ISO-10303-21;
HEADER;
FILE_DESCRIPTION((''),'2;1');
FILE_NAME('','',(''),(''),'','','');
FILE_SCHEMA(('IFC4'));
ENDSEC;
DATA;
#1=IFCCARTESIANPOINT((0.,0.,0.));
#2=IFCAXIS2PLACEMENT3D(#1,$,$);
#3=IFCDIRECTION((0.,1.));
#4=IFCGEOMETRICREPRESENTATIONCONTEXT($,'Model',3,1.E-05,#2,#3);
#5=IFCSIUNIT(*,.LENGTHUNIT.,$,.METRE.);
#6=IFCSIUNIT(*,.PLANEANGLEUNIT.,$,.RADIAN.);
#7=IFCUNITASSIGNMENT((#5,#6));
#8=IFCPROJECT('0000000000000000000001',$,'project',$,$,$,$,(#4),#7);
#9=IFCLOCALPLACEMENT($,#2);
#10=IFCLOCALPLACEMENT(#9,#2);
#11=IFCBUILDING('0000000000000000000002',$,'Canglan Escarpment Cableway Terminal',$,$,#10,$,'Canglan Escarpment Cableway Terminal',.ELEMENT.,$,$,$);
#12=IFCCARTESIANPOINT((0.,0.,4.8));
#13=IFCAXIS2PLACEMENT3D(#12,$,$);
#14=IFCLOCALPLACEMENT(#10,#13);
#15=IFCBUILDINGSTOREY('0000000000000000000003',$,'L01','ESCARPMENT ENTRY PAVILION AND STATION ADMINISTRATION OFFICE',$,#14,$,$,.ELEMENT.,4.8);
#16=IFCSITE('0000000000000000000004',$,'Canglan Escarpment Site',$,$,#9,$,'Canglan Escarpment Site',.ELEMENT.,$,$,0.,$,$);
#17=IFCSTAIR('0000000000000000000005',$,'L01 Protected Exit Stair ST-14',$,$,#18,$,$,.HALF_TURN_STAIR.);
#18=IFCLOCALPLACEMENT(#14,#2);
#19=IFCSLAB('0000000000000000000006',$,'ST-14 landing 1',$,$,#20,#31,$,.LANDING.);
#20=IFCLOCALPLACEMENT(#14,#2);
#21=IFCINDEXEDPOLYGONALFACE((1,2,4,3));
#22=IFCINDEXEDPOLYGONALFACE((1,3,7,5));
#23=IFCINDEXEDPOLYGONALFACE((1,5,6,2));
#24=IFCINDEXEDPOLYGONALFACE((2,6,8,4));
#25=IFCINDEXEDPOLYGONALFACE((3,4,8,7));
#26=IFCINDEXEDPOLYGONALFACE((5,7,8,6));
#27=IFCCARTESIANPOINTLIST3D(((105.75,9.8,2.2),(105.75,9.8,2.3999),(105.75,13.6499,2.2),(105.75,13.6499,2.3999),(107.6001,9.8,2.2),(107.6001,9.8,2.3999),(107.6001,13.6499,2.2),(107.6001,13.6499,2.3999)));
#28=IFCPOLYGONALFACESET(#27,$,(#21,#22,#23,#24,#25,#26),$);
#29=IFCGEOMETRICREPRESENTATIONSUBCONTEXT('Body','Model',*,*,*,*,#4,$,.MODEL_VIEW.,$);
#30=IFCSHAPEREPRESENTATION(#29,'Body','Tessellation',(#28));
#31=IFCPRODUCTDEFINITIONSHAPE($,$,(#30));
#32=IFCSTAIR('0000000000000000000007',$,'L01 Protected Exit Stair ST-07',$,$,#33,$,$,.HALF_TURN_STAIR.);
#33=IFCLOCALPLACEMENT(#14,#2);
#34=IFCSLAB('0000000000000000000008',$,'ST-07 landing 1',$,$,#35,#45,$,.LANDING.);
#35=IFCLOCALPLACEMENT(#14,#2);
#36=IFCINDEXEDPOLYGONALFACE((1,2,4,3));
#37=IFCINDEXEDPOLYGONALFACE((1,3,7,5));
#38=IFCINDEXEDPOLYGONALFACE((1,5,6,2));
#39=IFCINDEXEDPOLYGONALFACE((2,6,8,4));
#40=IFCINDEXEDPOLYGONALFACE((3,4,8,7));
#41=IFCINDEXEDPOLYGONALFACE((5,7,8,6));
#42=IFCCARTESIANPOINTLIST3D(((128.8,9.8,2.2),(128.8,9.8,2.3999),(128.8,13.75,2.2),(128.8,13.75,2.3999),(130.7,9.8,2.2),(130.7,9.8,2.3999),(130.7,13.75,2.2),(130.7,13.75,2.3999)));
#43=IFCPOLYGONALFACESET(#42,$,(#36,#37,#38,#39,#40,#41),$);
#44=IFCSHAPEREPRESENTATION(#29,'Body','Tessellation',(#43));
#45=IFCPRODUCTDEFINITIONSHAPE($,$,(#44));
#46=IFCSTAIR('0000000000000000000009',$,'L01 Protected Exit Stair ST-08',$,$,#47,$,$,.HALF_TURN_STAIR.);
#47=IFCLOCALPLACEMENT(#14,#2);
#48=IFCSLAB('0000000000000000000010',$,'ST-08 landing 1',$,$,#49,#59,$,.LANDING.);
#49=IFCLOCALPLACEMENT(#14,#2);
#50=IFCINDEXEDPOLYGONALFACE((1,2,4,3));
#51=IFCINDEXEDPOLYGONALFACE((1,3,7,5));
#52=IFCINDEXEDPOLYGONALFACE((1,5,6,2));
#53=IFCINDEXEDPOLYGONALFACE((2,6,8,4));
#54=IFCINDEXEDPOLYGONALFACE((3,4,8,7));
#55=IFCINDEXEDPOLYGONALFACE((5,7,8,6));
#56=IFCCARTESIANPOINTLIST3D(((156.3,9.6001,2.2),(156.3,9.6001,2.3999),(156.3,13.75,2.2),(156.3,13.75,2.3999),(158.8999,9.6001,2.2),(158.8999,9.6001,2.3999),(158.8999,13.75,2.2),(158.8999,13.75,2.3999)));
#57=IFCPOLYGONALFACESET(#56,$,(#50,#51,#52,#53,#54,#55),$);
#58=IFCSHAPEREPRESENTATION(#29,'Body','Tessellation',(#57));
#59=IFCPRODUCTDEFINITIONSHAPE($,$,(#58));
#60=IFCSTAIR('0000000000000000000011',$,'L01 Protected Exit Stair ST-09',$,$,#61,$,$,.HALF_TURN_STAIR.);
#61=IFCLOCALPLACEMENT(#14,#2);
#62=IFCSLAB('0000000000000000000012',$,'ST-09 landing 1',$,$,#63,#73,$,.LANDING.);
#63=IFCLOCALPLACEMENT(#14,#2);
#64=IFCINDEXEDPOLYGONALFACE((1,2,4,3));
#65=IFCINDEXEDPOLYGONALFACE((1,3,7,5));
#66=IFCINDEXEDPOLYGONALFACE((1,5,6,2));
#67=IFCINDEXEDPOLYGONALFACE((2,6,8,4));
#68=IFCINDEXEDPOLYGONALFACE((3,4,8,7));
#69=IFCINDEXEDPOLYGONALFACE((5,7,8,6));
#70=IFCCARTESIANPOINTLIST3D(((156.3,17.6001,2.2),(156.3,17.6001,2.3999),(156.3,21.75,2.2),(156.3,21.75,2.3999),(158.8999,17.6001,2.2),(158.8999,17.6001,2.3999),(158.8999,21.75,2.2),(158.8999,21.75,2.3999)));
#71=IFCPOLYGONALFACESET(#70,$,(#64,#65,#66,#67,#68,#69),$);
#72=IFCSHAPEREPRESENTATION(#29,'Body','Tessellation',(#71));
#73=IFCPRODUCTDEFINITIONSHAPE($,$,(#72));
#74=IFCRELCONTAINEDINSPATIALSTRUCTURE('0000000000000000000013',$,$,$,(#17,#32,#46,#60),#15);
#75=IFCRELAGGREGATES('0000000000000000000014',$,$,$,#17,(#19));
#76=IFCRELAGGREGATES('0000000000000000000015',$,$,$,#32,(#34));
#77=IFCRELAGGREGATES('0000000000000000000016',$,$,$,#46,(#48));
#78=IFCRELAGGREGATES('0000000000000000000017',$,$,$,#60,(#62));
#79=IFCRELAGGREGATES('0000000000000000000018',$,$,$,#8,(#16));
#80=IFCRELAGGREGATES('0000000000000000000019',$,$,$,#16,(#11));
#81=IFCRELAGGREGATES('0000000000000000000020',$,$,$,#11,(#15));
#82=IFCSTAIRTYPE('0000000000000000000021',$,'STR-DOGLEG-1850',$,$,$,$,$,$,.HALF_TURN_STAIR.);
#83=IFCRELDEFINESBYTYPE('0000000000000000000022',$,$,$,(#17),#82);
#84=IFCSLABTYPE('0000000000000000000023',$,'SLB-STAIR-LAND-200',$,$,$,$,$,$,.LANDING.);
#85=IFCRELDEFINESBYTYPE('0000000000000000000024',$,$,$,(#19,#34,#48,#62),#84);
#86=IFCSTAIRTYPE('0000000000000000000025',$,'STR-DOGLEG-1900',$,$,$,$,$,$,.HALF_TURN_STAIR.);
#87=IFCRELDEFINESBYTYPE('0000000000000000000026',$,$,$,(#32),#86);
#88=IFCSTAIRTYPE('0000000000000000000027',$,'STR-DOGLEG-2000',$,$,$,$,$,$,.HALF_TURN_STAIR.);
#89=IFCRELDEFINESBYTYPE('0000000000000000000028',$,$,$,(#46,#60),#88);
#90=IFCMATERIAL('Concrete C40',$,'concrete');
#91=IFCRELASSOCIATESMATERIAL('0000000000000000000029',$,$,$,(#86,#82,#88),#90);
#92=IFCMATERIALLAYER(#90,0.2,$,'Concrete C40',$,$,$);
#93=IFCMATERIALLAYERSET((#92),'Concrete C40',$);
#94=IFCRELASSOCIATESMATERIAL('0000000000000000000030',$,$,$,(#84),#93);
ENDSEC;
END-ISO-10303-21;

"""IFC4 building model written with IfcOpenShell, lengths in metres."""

from ifc_helpers import new_model, si_unit, direction, frame, origin, place, context, subcontext, project, spatial, polyline, outline, extrude, material, layer, layer_set, type_object, element, aggregate, save


model = new_model("IFC4")

# Units and contexts
model_context = context("Model", 3, precision=1e-05, world=origin(), true_north=direction((0.0, 1.0)))
body_context = subcontext(model_context, "Body", "Model", "MODEL_VIEW")
ifc_project = project(units=[si_unit("LENGTHUNIT", "METRE"), si_unit("PLANEANGLEUNIT", "RADIAN")], contexts=[model_context])

# Site, building, storey
site_placement = place(None, origin())
site = spatial("IfcSite", under=ifc_project, at=site_placement, Name="Canglan Escarpment Site", LongName="Canglan Escarpment Site", CompositionType="ELEMENT", RefElevation=0.0)
building_placement = place(site_placement, origin())
building = spatial("IfcBuilding", under=site, at=building_placement, Name="Canglan Escarpment Cableway Terminal", LongName="Canglan Escarpment Cableway Terminal", CompositionType="ELEMENT")
storey_placement = place(building_placement, frame((0.0, 0.0, 4.8)))
storey = spatial("IfcBuildingStorey", under=building, at=storey_placement, Name="L01", Description="ESCARPMENT ENTRY PAVILION AND STATION ADMINISTRATION OFFICE", CompositionType="ELEMENT", Elevation=4.8)

# Shared definitions
ifc_material_1 = material(Name="Concrete C40", Category="concrete")

# Stairs, slabs
stair_type_1 = type_object("IfcStairType", Name="STR-DOGLEG-1900", PredefinedType="HALF_TURN_STAIR", material=ifc_material_1)
ifc_layer_1 = layer(ifc_material_1, 0.2, Name="Concrete C40")
ifc_layer_set_1 = layer_set([ifc_layer_1], Name="Concrete C40")
slab_type_1 = type_object("IfcSlabType", Name="SLB-STAIR-LAND-200", PredefinedType="LANDING", material=ifc_layer_set_1)
stair_type_2 = type_object("IfcStairType", Name="STR-DOGLEG-1850", PredefinedType="HALF_TURN_STAIR", material=ifc_material_1)
stair_1_placement = place(storey_placement, origin())
stair_1 = element("IfcStair", 1, at=stair_1_placement, inside=storey, type_object=stair_type_2, Name="L01 Protected Exit Stair ST-14", PredefinedType="HALF_TURN_STAIR")
slab_1_placement = place(storey_placement, frame((0.0, 0.0, 2.2)))
slab_1 = element("IfcSlab", 2, at=slab_1_placement, type_object=slab_type_1, Name="ST-14 landing 1", PredefinedType="LANDING", context=body_context, shape_type="SweptSolid", body=[
    extrude(outline(polyline([(105.75, 9.8), (107.6001, 9.8), (107.6001, 13.6499), (105.75, 13.6499), (105.75, 9.8)])), origin(), (0.0, 0.0, 1.0), 0.2),
])
aggregate(stair_1, [slab_1])
stair_2_placement = place(storey_placement, origin())
stair_2 = element("IfcStair", 3, at=stair_2_placement, inside=storey, type_object=stair_type_1, Name="L01 Protected Exit Stair ST-07", PredefinedType="HALF_TURN_STAIR")
slab_2_placement = place(storey_placement, frame((0.0, 0.0, 2.2)))
slab_2 = element("IfcSlab", 4, at=slab_2_placement, type_object=slab_type_1, Name="ST-07 landing 1", PredefinedType="LANDING", context=body_context, shape_type="SweptSolid", body=[
    extrude(outline(polyline([(128.8, 9.8), (130.7, 9.8), (130.7, 13.75), (128.8, 13.75), (128.8, 9.8)])), origin(), (0.0, 0.0, 1.0), 0.2),
])
aggregate(stair_2, [slab_2])
stair_type_3 = type_object("IfcStairType", Name="STR-DOGLEG-2000", PredefinedType="HALF_TURN_STAIR", material=ifc_material_1)
stair_3_placement = place(storey_placement, origin())
stair_3 = element("IfcStair", 5, at=stair_3_placement, inside=storey, type_object=stair_type_3, Name="L01 Protected Exit Stair ST-08", PredefinedType="HALF_TURN_STAIR")
slab_3_placement = place(storey_placement, frame((0.0, 0.0, 2.2)))
slab_3 = element("IfcSlab", 6, at=slab_3_placement, type_object=slab_type_1, Name="ST-08 landing 1", PredefinedType="LANDING", context=body_context, shape_type="SweptSolid", body=[
    extrude(outline(polyline([(156.3, 9.6001), (158.8999, 9.6001), (158.8999, 13.75), (156.3, 13.75), (156.3, 9.6001)])), origin(), (0.0, 0.0, 1.0), 0.2),
])
aggregate(stair_3, [slab_3])
stair_4_placement = place(storey_placement, origin())
stair_4 = element("IfcStair", 7, at=stair_4_placement, inside=storey, type_object=stair_type_3, Name="L01 Protected Exit Stair ST-09", PredefinedType="HALF_TURN_STAIR")
slab_4_placement = place(storey_placement, frame((0.0, 0.0, 2.2)))
slab_4 = element("IfcSlab", 8, at=slab_4_placement, type_object=slab_type_1, Name="ST-09 landing 1", PredefinedType="LANDING", context=body_context, shape_type="SweptSolid", body=[
    extrude(outline(polyline([(156.3, 17.6001), (158.8999, 17.6001), (158.8999, 21.75), (156.3, 21.75), (156.3, 17.6001)])), origin(), (0.0, 0.0, 1.0), 0.2),
])
aggregate(stair_4, [slab_4])

save(model, "model.ifc")
